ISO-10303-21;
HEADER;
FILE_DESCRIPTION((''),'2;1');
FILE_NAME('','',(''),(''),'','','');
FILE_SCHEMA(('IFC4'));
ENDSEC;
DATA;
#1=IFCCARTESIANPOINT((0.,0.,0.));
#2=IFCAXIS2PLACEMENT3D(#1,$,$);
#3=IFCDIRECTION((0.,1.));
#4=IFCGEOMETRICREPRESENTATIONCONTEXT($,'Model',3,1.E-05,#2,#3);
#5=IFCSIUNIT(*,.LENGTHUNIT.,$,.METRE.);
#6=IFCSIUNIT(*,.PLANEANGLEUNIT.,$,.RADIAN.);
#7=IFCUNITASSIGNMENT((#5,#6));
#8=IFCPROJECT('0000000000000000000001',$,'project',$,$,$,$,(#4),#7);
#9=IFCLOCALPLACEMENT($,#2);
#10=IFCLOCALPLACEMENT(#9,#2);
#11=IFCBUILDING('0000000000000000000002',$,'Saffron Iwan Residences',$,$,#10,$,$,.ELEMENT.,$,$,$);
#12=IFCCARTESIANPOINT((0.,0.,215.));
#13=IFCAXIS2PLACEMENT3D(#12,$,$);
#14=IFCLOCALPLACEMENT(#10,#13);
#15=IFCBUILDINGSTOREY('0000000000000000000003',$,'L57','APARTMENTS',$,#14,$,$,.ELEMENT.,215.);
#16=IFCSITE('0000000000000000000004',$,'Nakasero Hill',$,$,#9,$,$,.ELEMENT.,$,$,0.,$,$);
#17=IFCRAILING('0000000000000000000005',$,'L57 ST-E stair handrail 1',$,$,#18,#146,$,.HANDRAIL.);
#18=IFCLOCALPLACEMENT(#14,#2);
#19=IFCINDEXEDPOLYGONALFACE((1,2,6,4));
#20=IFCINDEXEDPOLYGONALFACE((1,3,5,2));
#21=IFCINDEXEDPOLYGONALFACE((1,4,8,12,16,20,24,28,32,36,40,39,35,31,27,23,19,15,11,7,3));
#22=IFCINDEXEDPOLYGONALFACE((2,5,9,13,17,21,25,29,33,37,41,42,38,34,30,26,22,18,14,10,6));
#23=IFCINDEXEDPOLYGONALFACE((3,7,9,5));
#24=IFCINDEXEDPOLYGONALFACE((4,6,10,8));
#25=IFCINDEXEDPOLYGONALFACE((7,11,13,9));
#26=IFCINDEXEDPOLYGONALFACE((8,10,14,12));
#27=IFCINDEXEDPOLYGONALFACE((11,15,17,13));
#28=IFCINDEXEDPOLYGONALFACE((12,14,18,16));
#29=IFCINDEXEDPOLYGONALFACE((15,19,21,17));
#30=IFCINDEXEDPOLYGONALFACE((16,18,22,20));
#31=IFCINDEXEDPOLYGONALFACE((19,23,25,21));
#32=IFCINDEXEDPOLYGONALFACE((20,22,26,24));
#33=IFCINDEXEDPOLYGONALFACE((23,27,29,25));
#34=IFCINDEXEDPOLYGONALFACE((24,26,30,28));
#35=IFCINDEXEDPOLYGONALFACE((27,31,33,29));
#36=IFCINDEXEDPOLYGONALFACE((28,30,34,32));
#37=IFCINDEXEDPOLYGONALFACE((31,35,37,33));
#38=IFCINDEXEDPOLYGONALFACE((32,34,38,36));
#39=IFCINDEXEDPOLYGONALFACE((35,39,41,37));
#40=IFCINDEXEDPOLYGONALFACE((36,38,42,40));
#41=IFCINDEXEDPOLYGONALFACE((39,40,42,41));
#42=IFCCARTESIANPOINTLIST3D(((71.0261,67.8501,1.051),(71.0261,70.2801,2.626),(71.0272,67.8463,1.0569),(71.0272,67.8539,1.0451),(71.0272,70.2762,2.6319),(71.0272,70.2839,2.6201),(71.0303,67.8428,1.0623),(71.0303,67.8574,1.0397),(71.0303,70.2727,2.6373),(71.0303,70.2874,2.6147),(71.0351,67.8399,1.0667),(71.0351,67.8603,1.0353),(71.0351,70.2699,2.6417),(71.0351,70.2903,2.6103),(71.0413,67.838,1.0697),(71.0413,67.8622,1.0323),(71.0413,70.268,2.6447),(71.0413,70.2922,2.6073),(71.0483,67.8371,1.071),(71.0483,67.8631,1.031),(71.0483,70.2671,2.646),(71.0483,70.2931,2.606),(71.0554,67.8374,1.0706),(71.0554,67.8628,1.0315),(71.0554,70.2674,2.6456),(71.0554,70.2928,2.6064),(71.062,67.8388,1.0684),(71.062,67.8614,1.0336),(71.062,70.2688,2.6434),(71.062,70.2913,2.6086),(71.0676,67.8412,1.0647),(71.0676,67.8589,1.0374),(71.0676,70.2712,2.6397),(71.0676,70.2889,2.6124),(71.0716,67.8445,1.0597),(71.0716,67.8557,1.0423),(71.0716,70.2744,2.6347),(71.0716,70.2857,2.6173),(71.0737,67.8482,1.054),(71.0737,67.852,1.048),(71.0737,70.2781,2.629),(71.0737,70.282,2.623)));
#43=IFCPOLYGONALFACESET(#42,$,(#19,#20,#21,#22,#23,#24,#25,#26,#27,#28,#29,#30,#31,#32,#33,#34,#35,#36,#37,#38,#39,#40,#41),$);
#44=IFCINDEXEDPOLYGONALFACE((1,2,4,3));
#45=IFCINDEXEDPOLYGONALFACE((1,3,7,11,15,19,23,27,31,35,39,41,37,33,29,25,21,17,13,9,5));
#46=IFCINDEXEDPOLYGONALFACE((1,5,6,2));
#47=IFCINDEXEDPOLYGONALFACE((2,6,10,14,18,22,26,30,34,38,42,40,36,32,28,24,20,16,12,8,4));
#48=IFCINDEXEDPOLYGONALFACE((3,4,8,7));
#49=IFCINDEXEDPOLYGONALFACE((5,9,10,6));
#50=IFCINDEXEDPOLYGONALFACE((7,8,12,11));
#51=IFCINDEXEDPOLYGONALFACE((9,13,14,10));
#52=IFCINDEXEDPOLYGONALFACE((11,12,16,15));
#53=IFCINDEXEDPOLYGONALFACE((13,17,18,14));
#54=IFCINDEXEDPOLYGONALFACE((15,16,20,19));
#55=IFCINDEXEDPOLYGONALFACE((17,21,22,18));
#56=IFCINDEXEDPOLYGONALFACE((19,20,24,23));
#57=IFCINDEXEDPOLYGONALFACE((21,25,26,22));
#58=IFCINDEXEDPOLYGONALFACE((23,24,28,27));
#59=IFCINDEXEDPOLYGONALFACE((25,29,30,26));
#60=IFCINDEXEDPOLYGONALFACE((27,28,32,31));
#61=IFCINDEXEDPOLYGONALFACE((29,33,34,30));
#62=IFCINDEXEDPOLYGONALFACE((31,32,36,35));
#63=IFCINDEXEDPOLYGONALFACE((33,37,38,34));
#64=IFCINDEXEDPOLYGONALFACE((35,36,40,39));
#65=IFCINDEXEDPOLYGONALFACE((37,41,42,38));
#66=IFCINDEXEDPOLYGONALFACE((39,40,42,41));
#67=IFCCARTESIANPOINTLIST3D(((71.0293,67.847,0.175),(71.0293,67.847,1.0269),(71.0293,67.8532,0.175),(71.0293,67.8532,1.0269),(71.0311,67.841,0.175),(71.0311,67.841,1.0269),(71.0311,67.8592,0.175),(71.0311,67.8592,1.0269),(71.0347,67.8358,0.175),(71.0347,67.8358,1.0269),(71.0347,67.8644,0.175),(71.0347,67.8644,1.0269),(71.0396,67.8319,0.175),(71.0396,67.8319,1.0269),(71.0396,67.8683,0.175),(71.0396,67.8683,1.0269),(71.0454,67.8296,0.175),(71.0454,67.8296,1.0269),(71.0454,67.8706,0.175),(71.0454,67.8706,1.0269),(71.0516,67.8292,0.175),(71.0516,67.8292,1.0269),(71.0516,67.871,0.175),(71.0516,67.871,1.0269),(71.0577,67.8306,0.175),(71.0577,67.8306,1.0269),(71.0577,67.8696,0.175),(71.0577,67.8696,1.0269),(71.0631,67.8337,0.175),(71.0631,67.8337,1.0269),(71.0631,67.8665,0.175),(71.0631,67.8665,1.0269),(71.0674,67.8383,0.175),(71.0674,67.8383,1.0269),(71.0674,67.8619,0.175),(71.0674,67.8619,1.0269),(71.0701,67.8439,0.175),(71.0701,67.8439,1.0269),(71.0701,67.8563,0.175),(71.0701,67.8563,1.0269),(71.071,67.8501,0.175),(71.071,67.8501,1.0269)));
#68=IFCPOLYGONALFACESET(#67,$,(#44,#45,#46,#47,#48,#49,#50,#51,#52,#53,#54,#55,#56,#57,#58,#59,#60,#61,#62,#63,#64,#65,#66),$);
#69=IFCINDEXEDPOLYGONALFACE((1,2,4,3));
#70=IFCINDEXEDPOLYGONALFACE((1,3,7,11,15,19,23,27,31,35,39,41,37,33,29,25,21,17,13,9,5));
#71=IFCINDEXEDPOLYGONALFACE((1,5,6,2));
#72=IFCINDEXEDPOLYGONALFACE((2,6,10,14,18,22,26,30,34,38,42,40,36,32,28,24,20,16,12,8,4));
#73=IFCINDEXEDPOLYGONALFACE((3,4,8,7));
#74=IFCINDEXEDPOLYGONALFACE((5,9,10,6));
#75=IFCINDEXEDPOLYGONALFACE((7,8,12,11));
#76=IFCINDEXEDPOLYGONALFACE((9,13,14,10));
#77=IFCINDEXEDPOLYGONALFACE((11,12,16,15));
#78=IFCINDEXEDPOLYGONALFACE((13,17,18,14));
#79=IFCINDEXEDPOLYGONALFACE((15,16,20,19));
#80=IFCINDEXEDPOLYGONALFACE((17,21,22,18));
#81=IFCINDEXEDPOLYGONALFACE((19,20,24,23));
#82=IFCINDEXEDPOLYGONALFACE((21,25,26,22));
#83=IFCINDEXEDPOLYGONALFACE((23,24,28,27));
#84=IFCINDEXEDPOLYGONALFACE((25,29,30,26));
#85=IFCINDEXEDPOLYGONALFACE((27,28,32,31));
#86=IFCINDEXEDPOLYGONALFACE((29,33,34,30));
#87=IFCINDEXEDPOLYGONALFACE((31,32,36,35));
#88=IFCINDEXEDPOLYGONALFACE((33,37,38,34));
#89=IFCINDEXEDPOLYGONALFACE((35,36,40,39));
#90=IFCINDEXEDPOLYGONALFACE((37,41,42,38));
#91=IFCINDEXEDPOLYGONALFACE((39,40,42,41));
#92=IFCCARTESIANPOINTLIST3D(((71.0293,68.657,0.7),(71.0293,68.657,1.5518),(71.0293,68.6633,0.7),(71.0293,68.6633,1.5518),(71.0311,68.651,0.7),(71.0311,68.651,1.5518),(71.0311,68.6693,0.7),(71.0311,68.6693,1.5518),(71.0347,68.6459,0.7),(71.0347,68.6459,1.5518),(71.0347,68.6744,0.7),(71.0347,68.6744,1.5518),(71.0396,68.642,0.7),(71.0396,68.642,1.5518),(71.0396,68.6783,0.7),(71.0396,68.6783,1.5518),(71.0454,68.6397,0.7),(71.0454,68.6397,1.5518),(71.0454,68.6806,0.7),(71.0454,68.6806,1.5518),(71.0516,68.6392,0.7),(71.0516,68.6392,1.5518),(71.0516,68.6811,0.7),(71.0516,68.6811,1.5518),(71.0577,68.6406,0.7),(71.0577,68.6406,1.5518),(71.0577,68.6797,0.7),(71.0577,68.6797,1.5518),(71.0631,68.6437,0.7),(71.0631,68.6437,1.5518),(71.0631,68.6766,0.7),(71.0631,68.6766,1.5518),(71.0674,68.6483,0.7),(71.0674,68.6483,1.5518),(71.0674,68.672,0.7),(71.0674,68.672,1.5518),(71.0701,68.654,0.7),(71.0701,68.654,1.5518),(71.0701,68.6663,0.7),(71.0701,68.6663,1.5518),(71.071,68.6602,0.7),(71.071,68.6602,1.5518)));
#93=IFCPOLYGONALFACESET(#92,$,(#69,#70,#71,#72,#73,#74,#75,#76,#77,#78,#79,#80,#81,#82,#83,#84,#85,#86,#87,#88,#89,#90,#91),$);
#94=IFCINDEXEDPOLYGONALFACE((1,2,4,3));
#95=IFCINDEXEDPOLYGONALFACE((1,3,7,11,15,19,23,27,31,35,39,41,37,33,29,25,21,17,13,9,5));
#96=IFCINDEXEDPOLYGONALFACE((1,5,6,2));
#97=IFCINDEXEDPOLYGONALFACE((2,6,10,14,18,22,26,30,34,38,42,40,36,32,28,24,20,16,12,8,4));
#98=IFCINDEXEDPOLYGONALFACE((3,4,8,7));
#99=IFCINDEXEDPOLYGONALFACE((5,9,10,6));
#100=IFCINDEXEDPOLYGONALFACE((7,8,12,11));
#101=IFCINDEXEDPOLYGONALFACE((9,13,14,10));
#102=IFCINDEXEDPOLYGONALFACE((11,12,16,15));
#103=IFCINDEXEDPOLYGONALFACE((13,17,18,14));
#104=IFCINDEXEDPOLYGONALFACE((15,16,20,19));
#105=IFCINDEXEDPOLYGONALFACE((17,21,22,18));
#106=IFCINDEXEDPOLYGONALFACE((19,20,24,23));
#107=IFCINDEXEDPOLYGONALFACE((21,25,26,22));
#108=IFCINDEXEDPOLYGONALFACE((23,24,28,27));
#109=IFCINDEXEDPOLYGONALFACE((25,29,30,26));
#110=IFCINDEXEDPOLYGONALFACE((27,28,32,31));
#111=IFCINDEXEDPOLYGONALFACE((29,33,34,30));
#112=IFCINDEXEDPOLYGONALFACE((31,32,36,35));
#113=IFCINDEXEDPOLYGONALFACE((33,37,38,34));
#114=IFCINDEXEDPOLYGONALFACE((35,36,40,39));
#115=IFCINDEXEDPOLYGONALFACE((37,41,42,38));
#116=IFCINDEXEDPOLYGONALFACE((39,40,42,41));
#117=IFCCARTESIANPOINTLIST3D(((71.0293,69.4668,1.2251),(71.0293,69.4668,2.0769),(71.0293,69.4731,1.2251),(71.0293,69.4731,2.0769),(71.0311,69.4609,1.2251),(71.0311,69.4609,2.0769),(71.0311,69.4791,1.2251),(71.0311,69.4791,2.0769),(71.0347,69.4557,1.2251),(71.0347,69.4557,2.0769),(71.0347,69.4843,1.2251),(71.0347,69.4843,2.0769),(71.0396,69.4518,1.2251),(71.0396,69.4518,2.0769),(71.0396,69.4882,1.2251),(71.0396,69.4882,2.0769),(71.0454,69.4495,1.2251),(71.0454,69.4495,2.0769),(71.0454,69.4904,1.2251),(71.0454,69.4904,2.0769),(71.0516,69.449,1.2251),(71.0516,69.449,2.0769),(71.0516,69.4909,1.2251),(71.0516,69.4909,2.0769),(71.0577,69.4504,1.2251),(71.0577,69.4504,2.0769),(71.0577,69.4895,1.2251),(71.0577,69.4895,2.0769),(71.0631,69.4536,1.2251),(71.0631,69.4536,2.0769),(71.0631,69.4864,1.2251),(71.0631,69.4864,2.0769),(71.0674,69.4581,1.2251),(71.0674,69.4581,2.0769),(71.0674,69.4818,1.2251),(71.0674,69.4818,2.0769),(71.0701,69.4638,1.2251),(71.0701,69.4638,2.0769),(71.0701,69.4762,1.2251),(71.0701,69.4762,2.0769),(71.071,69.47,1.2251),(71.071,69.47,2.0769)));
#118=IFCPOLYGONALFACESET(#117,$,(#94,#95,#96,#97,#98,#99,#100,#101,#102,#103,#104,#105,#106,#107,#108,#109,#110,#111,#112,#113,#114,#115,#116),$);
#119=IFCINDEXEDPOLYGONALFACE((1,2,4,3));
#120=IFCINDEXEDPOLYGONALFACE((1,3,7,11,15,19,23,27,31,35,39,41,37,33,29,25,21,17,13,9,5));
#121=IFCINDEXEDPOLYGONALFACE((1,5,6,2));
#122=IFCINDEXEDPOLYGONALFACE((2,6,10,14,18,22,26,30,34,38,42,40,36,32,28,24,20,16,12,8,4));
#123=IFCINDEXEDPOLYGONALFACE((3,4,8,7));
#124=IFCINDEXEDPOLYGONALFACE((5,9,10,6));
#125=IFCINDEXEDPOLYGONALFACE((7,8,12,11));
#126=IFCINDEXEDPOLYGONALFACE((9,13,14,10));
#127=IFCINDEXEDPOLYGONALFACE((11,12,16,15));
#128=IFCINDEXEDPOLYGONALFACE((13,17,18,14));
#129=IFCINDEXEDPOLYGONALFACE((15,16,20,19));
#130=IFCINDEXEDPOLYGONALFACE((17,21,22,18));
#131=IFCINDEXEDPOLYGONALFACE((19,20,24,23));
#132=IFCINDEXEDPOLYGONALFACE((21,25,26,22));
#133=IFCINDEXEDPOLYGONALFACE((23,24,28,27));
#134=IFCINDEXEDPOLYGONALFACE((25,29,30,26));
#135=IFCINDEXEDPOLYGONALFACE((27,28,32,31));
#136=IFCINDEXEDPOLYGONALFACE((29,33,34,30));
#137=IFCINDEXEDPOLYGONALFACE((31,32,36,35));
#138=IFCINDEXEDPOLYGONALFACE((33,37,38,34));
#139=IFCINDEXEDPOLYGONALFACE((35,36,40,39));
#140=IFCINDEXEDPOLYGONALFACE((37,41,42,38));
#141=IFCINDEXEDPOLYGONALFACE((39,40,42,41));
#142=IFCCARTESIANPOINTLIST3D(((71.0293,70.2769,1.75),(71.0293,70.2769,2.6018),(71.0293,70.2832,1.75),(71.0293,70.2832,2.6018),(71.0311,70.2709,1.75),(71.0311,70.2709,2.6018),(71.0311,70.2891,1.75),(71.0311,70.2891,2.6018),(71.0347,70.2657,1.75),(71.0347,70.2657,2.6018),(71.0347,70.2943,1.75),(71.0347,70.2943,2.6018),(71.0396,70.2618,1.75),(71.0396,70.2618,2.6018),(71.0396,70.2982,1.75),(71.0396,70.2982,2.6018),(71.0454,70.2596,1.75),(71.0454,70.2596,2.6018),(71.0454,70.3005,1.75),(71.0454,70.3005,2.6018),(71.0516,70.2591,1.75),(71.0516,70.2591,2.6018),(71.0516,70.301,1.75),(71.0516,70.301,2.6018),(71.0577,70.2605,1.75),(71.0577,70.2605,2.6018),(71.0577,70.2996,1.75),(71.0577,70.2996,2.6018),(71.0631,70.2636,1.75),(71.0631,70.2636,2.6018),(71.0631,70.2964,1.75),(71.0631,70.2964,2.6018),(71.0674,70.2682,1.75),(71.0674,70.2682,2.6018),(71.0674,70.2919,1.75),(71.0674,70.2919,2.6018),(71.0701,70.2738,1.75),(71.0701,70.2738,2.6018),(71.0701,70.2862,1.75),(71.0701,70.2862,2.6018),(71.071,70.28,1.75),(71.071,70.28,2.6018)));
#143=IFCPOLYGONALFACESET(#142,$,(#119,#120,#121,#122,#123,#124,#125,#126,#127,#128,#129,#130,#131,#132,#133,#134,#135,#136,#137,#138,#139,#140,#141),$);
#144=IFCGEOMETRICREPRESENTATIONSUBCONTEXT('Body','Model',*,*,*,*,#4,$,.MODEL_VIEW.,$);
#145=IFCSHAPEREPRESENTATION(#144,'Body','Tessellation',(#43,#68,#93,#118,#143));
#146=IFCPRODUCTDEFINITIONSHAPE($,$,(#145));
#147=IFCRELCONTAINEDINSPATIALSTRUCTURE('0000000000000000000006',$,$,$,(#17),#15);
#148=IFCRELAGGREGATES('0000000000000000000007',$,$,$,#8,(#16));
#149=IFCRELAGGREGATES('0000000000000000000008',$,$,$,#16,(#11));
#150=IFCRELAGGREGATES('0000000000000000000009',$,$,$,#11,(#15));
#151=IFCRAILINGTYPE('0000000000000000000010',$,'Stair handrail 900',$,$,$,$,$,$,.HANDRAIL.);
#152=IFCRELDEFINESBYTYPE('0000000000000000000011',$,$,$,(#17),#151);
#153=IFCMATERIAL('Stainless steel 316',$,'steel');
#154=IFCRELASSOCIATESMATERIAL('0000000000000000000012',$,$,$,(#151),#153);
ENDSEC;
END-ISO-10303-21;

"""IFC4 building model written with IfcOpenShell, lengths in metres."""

from ifc_helpers import new_model, si_unit, direction, frame, origin, origin_2d, place, context, subcontext, project, spatial, circle, extrude, material, type_object, element, save


model = new_model("IFC4")

# Units and contexts
model_context = context("Model", 3, precision=1e-05, world=origin(), true_north=direction((0.0, 1.0)))
body_context = subcontext(model_context, "Body", "Model", "MODEL_VIEW")
ifc_project = project(units=[si_unit("LENGTHUNIT", "METRE"), si_unit("PLANEANGLEUNIT", "RADIAN")], contexts=[model_context])

# Site, building, storey
site_placement = place(None, origin())
site = spatial("IfcSite", under=ifc_project, at=site_placement, Name="Nakasero Hill", CompositionType="ELEMENT", RefElevation=0.0)
building_placement = place(site_placement, origin())
building = spatial("IfcBuilding", under=site, at=building_placement, Name="Saffron Iwan Residences", CompositionType="ELEMENT")
storey_placement = place(building_placement, frame((0.0, 0.0, 215.0)))
storey = spatial("IfcBuildingStorey", under=building, at=storey_placement, Name="L57", Description="APARTMENTS", CompositionType="ELEMENT", Elevation=215.0)

# Railing
ifc_material_1 = material(Name="Stainless steel 316", Category="steel")
railing_type = type_object("IfcRailingType", Name="Stair handrail 900", PredefinedType="HANDRAIL", material=ifc_material_1)
railing_placement = place(storey_placement, frame((71.05, 67.8501, 0.175)))
element("IfcRailing", 1, at=railing_placement, inside=storey, type_object=railing_type, Name="L57 ST-E stair handrail 1", PredefinedType="HANDRAIL", context=body_context, shape_type="SweptSolid", body=[
    extrude(circle(Radius=0.0239, at=origin_2d()), frame((0.0, 0.0, 0.876), z_axis=(0.0, 0.839154, 0.543894), x_axis=(-1.0, 0.0, 0.0)), (0.0, 0.0, 1.0), 2.8958),
    extrude(circle(Radius=0.021, at=origin_2d()), origin(), (0.0, 0.0, 1.0), 0.8518),
    extrude(circle(Radius=0.021, at=origin_2d()), frame((0.0, 0.8101, 0.5249)), (0.0, 0.0, 1.0), 0.8518),
    extrude(circle(Radius=0.021, at=origin_2d()), frame((0.0, 1.6199, 1.05)), (0.0, 0.0, 1.0), 0.8518),
    extrude(circle(Radius=0.021, at=origin_2d()), frame((0.0, 2.4299, 1.575)), (0.0, 0.0, 1.0), 0.8518),
])

save(model, "model.ifc")
